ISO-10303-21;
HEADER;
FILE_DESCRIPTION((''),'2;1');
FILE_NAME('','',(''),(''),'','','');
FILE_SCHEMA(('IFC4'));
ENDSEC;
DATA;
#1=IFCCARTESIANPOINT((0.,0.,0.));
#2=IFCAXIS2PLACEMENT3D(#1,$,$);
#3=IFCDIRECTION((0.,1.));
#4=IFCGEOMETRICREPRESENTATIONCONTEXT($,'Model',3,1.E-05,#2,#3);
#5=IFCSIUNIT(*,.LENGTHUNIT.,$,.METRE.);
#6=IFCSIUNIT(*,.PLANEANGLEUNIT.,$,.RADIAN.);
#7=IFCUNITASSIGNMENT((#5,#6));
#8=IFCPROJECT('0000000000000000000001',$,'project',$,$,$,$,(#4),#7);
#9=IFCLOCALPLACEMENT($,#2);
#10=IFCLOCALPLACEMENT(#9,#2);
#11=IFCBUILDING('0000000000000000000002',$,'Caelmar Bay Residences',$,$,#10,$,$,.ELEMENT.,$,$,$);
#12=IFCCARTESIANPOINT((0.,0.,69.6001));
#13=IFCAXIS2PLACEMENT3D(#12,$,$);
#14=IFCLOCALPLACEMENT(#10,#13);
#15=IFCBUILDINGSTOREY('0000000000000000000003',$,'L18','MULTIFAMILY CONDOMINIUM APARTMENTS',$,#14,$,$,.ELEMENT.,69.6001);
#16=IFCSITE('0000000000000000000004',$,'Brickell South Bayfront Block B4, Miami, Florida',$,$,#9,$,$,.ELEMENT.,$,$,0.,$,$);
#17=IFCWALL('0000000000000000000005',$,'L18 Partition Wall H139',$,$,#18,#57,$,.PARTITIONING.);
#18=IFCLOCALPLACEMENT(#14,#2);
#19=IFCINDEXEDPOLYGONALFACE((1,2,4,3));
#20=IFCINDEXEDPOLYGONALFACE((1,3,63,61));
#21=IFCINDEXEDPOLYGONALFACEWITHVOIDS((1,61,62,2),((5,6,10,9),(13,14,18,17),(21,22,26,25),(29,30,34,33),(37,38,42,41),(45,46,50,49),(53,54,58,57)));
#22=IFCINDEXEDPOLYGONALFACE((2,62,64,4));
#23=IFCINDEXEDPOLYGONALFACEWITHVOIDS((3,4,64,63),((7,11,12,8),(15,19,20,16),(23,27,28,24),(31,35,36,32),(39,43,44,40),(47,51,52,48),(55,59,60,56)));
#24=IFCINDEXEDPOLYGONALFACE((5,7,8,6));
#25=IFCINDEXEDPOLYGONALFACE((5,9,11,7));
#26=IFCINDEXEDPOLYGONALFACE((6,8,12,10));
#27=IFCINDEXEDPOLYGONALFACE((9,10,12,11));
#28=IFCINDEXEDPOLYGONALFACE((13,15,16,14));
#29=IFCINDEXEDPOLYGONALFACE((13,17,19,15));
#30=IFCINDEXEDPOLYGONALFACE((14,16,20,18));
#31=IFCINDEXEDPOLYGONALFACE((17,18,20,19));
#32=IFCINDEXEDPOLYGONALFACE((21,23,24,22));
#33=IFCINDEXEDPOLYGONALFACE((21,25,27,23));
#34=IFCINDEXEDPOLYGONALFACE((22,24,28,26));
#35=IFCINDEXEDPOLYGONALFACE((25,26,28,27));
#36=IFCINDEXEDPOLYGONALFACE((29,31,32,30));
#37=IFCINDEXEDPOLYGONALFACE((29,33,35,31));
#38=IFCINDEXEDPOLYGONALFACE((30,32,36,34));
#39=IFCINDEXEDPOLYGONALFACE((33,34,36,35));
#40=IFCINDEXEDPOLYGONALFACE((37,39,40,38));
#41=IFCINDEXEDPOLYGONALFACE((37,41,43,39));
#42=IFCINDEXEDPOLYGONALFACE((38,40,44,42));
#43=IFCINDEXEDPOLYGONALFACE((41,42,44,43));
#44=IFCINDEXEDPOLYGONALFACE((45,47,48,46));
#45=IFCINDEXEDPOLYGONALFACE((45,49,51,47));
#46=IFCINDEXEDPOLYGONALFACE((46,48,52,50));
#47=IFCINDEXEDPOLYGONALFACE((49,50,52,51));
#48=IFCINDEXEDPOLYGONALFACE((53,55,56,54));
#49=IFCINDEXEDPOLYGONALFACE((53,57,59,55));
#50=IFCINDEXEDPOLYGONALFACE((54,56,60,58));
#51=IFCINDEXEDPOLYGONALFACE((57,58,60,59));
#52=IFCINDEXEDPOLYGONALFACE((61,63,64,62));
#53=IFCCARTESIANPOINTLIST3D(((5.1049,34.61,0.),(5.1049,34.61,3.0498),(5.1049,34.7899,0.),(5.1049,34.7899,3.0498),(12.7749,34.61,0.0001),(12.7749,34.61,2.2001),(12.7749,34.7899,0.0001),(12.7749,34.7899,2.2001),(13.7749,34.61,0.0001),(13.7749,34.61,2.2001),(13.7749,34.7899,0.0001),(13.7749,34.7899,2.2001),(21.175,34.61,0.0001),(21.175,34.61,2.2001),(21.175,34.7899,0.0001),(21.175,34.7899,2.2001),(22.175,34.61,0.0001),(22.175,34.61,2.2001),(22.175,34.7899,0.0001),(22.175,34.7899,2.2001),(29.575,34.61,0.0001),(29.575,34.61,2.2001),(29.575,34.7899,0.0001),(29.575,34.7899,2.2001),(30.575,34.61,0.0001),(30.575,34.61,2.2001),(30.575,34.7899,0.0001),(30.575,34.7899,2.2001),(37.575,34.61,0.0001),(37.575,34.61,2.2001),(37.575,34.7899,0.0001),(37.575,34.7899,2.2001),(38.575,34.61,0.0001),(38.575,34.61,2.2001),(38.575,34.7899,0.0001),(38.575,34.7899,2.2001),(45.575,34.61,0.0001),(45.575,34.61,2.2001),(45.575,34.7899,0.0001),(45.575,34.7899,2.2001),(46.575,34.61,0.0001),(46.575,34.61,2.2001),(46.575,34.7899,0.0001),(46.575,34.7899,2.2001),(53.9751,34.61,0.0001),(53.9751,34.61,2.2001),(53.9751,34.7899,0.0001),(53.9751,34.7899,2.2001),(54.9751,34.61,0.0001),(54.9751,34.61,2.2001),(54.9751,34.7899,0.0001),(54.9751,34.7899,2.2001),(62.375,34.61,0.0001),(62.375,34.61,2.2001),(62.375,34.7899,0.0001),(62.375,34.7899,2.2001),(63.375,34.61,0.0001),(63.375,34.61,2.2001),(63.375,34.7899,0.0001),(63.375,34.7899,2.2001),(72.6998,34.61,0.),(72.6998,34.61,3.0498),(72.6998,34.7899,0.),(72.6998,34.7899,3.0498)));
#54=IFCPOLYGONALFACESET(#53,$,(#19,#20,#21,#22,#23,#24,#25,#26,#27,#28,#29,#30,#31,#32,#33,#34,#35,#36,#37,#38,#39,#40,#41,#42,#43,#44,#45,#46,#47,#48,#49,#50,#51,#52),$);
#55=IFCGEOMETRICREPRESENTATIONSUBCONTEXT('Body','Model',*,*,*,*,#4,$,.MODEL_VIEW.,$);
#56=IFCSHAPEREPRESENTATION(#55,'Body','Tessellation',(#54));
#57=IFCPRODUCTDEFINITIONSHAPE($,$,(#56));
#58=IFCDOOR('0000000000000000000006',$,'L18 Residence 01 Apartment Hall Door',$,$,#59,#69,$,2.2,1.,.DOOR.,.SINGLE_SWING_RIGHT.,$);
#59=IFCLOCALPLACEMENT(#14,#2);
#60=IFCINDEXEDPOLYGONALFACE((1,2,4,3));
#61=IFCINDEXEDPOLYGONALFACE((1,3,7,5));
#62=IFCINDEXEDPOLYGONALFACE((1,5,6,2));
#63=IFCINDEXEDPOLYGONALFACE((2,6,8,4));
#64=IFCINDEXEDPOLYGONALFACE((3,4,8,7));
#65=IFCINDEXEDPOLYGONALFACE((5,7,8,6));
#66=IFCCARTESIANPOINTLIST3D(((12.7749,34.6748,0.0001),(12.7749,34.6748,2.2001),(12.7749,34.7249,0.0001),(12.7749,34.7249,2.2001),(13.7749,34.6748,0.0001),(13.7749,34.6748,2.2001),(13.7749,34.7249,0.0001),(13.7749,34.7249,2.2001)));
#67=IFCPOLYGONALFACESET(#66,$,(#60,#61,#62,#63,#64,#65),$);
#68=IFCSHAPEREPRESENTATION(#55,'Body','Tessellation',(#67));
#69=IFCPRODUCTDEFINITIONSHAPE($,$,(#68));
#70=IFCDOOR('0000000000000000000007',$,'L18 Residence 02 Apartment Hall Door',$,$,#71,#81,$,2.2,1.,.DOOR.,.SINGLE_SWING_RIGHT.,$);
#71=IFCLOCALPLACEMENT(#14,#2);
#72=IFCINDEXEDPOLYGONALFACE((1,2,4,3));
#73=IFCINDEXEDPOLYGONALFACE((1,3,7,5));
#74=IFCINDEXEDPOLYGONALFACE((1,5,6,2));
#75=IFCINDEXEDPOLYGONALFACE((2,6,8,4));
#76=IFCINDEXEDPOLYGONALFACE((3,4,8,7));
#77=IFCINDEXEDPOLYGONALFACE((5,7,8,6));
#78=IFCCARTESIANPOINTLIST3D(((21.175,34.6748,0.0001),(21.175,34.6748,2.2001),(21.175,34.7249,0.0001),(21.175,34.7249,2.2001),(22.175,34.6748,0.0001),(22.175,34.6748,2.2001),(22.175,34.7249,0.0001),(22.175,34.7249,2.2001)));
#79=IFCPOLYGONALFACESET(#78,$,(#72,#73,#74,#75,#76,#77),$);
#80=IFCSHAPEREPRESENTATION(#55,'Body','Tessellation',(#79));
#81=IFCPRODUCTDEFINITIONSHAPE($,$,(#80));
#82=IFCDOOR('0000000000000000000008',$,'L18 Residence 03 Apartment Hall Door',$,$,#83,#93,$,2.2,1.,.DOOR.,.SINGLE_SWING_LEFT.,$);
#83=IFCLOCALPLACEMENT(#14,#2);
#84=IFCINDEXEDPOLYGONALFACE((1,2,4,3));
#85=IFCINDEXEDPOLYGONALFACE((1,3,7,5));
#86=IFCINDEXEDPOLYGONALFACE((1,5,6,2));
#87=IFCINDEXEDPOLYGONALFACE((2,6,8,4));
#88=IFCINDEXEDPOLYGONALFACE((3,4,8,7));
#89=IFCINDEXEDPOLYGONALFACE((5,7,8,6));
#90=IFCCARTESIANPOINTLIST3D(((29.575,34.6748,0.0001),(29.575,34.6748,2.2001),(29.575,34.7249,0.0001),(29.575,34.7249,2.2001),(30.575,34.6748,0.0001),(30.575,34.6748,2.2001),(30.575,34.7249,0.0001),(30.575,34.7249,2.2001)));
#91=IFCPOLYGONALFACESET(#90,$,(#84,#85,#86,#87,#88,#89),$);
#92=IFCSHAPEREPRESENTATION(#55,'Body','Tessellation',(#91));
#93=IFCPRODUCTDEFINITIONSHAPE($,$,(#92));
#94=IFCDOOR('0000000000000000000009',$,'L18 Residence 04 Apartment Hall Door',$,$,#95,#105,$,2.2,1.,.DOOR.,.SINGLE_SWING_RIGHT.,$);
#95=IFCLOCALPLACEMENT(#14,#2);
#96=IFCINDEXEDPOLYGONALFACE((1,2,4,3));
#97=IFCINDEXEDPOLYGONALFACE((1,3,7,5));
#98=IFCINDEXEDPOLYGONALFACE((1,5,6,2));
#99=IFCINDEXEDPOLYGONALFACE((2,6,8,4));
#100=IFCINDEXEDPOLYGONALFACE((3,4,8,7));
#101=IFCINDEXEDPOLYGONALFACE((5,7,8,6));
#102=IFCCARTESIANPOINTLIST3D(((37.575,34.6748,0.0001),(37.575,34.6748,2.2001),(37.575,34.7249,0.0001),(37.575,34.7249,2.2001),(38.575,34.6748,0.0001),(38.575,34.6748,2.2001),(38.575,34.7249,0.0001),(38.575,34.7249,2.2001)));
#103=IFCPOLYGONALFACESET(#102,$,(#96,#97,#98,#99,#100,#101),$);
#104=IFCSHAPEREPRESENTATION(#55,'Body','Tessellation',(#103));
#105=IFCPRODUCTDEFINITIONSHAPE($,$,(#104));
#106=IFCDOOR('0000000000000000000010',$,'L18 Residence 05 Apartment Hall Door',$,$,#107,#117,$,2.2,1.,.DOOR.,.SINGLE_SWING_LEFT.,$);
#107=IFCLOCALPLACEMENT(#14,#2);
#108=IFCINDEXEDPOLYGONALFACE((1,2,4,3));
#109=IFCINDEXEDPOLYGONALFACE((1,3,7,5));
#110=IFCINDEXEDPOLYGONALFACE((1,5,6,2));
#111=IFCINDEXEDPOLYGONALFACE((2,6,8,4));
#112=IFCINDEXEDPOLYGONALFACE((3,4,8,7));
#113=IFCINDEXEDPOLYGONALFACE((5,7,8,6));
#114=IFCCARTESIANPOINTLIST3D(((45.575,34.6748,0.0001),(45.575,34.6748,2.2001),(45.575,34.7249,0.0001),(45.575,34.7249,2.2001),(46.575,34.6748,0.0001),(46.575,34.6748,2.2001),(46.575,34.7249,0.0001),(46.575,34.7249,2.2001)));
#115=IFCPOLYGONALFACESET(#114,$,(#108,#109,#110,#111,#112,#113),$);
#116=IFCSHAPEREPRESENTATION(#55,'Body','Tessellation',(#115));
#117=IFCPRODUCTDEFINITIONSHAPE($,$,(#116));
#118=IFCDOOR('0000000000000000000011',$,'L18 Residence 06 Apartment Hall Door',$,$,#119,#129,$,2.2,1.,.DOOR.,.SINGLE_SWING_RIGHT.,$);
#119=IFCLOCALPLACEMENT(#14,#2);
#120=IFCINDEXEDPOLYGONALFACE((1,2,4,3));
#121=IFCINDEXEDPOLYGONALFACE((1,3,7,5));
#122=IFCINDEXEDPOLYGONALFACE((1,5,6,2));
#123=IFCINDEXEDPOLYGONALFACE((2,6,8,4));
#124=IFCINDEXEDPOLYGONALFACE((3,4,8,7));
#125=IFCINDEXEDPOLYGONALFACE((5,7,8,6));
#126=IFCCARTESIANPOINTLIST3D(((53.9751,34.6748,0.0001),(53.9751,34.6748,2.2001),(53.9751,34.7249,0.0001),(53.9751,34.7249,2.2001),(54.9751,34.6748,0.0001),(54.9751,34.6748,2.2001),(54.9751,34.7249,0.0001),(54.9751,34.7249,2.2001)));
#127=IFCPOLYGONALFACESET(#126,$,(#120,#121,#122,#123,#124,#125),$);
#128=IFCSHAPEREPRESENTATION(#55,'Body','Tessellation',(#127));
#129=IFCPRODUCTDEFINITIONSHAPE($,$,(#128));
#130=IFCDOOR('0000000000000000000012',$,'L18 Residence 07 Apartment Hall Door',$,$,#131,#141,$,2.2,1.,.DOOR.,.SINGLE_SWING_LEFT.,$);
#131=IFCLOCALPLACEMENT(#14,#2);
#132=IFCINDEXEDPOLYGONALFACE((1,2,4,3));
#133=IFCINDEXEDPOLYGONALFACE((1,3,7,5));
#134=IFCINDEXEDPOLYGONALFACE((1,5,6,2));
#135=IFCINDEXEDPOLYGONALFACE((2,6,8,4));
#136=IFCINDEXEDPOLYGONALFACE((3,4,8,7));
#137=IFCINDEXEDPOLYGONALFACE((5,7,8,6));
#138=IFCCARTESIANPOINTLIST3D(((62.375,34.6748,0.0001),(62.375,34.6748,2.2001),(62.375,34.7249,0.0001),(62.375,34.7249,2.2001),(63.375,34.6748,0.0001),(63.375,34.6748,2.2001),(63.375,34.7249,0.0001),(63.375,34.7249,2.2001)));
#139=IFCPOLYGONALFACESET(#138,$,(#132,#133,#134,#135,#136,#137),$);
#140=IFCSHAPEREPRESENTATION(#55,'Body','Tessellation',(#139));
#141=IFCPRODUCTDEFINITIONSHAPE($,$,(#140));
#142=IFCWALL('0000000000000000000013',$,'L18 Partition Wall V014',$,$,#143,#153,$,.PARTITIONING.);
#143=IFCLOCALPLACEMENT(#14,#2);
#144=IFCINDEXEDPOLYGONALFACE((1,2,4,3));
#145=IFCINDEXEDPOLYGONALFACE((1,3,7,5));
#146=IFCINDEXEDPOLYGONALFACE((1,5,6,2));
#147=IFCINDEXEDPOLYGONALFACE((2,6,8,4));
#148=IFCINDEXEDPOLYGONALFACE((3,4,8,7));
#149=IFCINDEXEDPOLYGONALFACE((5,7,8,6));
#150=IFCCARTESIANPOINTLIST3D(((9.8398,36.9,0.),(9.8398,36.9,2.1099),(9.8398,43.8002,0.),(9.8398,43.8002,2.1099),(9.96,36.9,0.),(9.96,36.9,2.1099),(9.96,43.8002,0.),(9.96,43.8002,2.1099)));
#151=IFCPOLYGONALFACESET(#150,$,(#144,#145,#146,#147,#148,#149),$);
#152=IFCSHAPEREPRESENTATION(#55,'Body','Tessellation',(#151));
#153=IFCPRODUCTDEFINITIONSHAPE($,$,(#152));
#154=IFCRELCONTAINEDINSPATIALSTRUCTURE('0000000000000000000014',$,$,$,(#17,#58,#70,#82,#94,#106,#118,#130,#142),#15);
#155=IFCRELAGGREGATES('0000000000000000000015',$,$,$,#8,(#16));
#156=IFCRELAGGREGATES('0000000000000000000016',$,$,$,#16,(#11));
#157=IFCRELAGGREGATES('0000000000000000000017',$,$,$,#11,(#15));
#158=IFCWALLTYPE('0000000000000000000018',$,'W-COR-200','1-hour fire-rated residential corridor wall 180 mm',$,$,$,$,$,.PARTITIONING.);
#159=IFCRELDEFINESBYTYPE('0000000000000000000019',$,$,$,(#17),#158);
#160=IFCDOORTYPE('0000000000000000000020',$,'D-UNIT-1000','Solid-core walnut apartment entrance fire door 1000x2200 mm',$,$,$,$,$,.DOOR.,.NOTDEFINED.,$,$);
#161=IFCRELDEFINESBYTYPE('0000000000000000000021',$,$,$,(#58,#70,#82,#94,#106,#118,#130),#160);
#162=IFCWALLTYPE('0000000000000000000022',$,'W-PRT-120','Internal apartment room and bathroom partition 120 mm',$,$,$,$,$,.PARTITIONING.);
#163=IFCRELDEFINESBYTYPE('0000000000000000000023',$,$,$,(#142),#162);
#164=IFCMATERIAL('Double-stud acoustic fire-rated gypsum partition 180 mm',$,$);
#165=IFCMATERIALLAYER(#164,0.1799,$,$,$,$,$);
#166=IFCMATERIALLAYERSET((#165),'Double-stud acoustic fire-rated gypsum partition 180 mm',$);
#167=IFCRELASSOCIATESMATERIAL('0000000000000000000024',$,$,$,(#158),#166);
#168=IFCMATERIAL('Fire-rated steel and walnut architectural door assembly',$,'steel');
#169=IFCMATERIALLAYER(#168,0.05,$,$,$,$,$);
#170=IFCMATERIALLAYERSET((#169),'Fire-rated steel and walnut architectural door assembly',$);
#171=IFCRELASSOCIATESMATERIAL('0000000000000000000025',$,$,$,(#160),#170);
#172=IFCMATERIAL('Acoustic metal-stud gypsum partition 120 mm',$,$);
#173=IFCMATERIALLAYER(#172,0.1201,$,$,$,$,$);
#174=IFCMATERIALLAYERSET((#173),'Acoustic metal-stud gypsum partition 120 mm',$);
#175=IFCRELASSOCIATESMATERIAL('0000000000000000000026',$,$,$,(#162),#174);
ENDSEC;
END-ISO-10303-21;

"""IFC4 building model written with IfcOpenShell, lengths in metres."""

from ifc_helpers import new_model, si_unit, direction, frame, frame_2d, origin, place, context, subcontext, project, spatial, rectangle, extrude, material, layer, layer_set, type_object, element, fill, save


model = new_model("IFC4")

# Units and contexts
model_context = context("Model", 3, precision=1e-05, world=origin(), true_north=direction((0.0, 1.0)))
body_context = subcontext(model_context, "Body", "Model", "MODEL_VIEW")
ifc_project = project(units=[si_unit("LENGTHUNIT", "METRE"), si_unit("PLANEANGLEUNIT", "RADIAN")], contexts=[model_context])

# Site, building, storey
site_placement = place(None, origin())
site = spatial("IfcSite", under=ifc_project, at=site_placement, Name="Brickell South Bayfront Block B4, Miami, Florida", CompositionType="ELEMENT", RefElevation=0.0)
building_placement = place(site_placement, origin())
building = spatial("IfcBuilding", under=site, at=building_placement, Name="Caelmar Bay Residences", CompositionType="ELEMENT")
storey_placement = place(building_placement, frame((0.0, 0.0, 69.6001)))
storey = spatial("IfcBuildingStorey", under=building, at=storey_placement, Name="L18", Description="MULTIFAMILY CONDOMINIUM APARTMENTS", CompositionType="ELEMENT", Elevation=69.6001)

# Wall, openings, doors
ifc_material_1 = material(Name="Fire-rated steel and walnut architectural door assembly", Category="steel")
ifc_material_2 = material(Name="Double-stud acoustic fire-rated gypsum partition 180 mm")
ifc_layer_1 = layer(ifc_material_2, 0.1799)
ifc_layer_set_1 = layer_set([ifc_layer_1], Name="Double-stud acoustic fire-rated gypsum partition 180 mm")
wall_type_1 = type_object("IfcWallType", Name="W-COR-200", Description="1-hour fire-rated residential corridor wall 180 mm", PredefinedType="PARTITIONING", material=ifc_layer_set_1)
wall_1_placement = place(storey_placement, frame((5.105, 34.7, 0.0), z_axis=(0.0, 0.0, 1.0), x_axis=(1.0, 0.0, 0.0)))
wall_1 = element("IfcWall", 1, at=wall_1_placement, inside=storey, type_object=wall_type_1, Name="L18 Partition Wall H139", PredefinedType="PARTITIONING", context=body_context, shape_type="SweptSolid", body=[
    extrude(rectangle(XDim=67.595, YDim=0.1799, at=frame_2d((33.7974, 0.0))), origin(), (0.0, 0.0, 1.0), 3.0498),
])
opening_1_placement = place(wall_1_placement, frame((7.6699, 0.0, 0.0)))
opening_1 = element("IfcOpeningElement", 2, at=opening_1_placement, cuts=wall_1, PredefinedType="OPENING", context=body_context, shape_type="SweptSolid", body=[
    extrude(rectangle(XDim=1.0, YDim=2.2, at=frame_2d((0.5, 1.1001))), frame((0.0, 0.0999, 0.0), z_axis=(0.0, -1.0, 0.0), x_axis=(1.0, 0.0, 0.0)), (0.0, 0.0, 1.0), 0.2),
])
opening_2_placement = place(wall_1_placement, frame((16.0701, 0.0, 0.0)))
opening_2 = element("IfcOpeningElement", 3, at=opening_2_placement, cuts=wall_1, PredefinedType="OPENING", context=body_context, shape_type="SweptSolid", body=[
    extrude(rectangle(XDim=1.0, YDim=2.2, at=frame_2d((0.5, 1.1001))), frame((0.0, 0.0999, 0.0), z_axis=(0.0, -1.0, 0.0), x_axis=(1.0, 0.0, 0.0)), (0.0, 0.0, 1.0), 0.2),
])
opening_3_placement = place(wall_1_placement, frame((24.47, 0.0, 0.0)))
opening_3 = element("IfcOpeningElement", 4, at=opening_3_placement, cuts=wall_1, PredefinedType="OPENING", context=body_context, shape_type="SweptSolid", body=[
    extrude(rectangle(XDim=1.0, YDim=2.2, at=frame_2d((0.5, 1.1001))), frame((0.0, 0.0999, 0.0), z_axis=(0.0, -1.0, 0.0), x_axis=(1.0, 0.0, 0.0)), (0.0, 0.0, 1.0), 0.2),
])
opening_4_placement = place(wall_1_placement, frame((32.47, 0.0, 0.0)))
opening_4 = element("IfcOpeningElement", 5, at=opening_4_placement, cuts=wall_1, PredefinedType="OPENING", context=body_context, shape_type="SweptSolid", body=[
    extrude(rectangle(XDim=1.0, YDim=2.2, at=frame_2d((0.5, 1.1001))), frame((0.0, 0.0999, 0.0), z_axis=(0.0, -1.0, 0.0), x_axis=(1.0, 0.0, 0.0)), (0.0, 0.0, 1.0), 0.2),
])
opening_5_placement = place(wall_1_placement, frame((40.47, 0.0, 0.0)))
opening_5 = element("IfcOpeningElement", 6, at=opening_5_placement, cuts=wall_1, PredefinedType="OPENING", context=body_context, shape_type="SweptSolid", body=[
    extrude(rectangle(XDim=1.0, YDim=2.2, at=frame_2d((0.5, 1.1001))), frame((0.0, 0.0999, 0.0), z_axis=(0.0, -1.0, 0.0), x_axis=(1.0, 0.0, 0.0)), (0.0, 0.0, 1.0), 0.2),
])
opening_6_placement = place(wall_1_placement, frame((48.8701, 0.0, 0.0)))
opening_6 = element("IfcOpeningElement", 7, at=opening_6_placement, cuts=wall_1, PredefinedType="OPENING", context=body_context, shape_type="SweptSolid", body=[
    extrude(rectangle(XDim=1.0, YDim=2.2, at=frame_2d((0.5, 1.1001))), frame((0.0, 0.0999, 0.0), z_axis=(0.0, -1.0, 0.0), x_axis=(1.0, 0.0, 0.0)), (0.0, 0.0, 1.0), 0.2),
])
opening_7_placement = place(wall_1_placement, frame((57.27, 0.0, 0.0)))
opening_7 = element("IfcOpeningElement", 8, at=opening_7_placement, cuts=wall_1, PredefinedType="OPENING", context=body_context, shape_type="SweptSolid", body=[
    extrude(rectangle(XDim=1.0, YDim=2.2, at=frame_2d((0.5, 1.1001))), frame((0.0, 0.0999, 0.0), z_axis=(0.0, -1.0, 0.0), x_axis=(1.0, 0.0, 0.0)), (0.0, 0.0, 1.0), 0.2),
])
ifc_layer_2 = layer(ifc_material_1, 0.05)
ifc_layer_set_2 = layer_set([ifc_layer_2], Name="Fire-rated steel and walnut architectural door assembly")
door_type_1 = type_object("IfcDoorType", Name="D-UNIT-1000", Description="Solid-core walnut apartment entrance fire door 1000x2200 mm", OperationType="NOTDEFINED", PredefinedType="DOOR", material=ifc_layer_set_2)
door_1_placement = place(opening_1_placement, origin())
door_1 = element("IfcDoor", 9, at=door_1_placement, inside=storey, type_object=door_type_1, Name="L18 Residence 01 Apartment Hall Door", OperationType="SINGLE_SWING_RIGHT", OverallHeight=2.2, OverallWidth=1.0, PredefinedType="DOOR", context=body_context, shape_type="SweptSolid", body=[
    extrude(rectangle(XDim=1.0, YDim=2.2, at=frame_2d((0.5, 1.1001))), frame((0.0, 0.0249, 0.0), z_axis=(0.0, -1.0, 0.0), x_axis=(1.0, 0.0, 0.0)), (0.0, 0.0, 1.0), 0.05),
])
fill(opening_1, door_1)
door_2_placement = place(opening_2_placement, origin())
door_2 = element("IfcDoor", 10, at=door_2_placement, inside=storey, type_object=door_type_1, Name="L18 Residence 02 Apartment Hall Door", OperationType="SINGLE_SWING_RIGHT", OverallHeight=2.2, OverallWidth=1.0, PredefinedType="DOOR", context=body_context, shape_type="SweptSolid", body=[
    extrude(rectangle(XDim=1.0, YDim=2.2, at=frame_2d((0.5, 1.1001))), frame((0.0, 0.0249, 0.0), z_axis=(0.0, -1.0, 0.0), x_axis=(1.0, 0.0, 0.0)), (0.0, 0.0, 1.0), 0.05),
])
fill(opening_2, door_2)
door_3_placement = place(opening_3_placement, origin())
door_3 = element("IfcDoor", 11, at=door_3_placement, inside=storey, type_object=door_type_1, Name="L18 Residence 03 Apartment Hall Door", OperationType="SINGLE_SWING_LEFT", OverallHeight=2.2, OverallWidth=1.0, PredefinedType="DOOR", context=body_context, shape_type="SweptSolid", body=[
    extrude(rectangle(XDim=1.0, YDim=2.2, at=frame_2d((0.5, 1.1001))), frame((0.0, 0.0249, 0.0), z_axis=(0.0, -1.0, 0.0), x_axis=(1.0, 0.0, 0.0)), (0.0, 0.0, 1.0), 0.05),
])
fill(opening_3, door_3)
door_4_placement = place(opening_4_placement, origin())
door_4 = element("IfcDoor", 12, at=door_4_placement, inside=storey, type_object=door_type_1, Name="L18 Residence 04 Apartment Hall Door", OperationType="SINGLE_SWING_RIGHT", OverallHeight=2.2, OverallWidth=1.0, PredefinedType="DOOR", context=body_context, shape_type="SweptSolid", body=[
    extrude(rectangle(XDim=1.0, YDim=2.2, at=frame_2d((0.5, 1.1001))), frame((0.0, 0.0249, 0.0), z_axis=(0.0, -1.0, 0.0), x_axis=(1.0, 0.0, 0.0)), (0.0, 0.0, 1.0), 0.05),
])
fill(opening_4, door_4)
door_5_placement = place(opening_5_placement, origin())
door_5 = element("IfcDoor", 13, at=door_5_placement, inside=storey, type_object=door_type_1, Name="L18 Residence 05 Apartment Hall Door", OperationType="SINGLE_SWING_LEFT", OverallHeight=2.2, OverallWidth=1.0, PredefinedType="DOOR", context=body_context, shape_type="SweptSolid", body=[
    extrude(rectangle(XDim=1.0, YDim=2.2, at=frame_2d((0.5, 1.1001))), frame((0.0, 0.0249, 0.0), z_axis=(0.0, -1.0, 0.0), x_axis=(1.0, 0.0, 0.0)), (0.0, 0.0, 1.0), 0.05),
])
fill(opening_5, door_5)
door_6_placement = place(opening_6_placement, origin())
door_6 = element("IfcDoor", 14, at=door_6_placement, inside=storey, type_object=door_type_1, Name="L18 Residence 06 Apartment Hall Door", OperationType="SINGLE_SWING_RIGHT", OverallHeight=2.2, OverallWidth=1.0, PredefinedType="DOOR", context=body_context, shape_type="SweptSolid", body=[
    extrude(rectangle(XDim=1.0, YDim=2.2, at=frame_2d((0.5, 1.1001))), frame((0.0, 0.0249, 0.0), z_axis=(0.0, -1.0, 0.0), x_axis=(1.0, 0.0, 0.0)), (0.0, 0.0, 1.0), 0.05),
])
fill(opening_6, door_6)
door_7_placement = place(opening_7_placement, origin())
door_7 = element("IfcDoor", 15, at=door_7_placement, inside=storey, type_object=door_type_1, Name="L18 Residence 07 Apartment Hall Door", OperationType="SINGLE_SWING_LEFT", OverallHeight=2.2, OverallWidth=1.0, PredefinedType="DOOR", context=body_context, shape_type="SweptSolid", body=[
    extrude(rectangle(XDim=1.0, YDim=2.2, at=frame_2d((0.5, 1.1001))), frame((0.0, 0.0249, 0.0), z_axis=(0.0, -1.0, 0.0), x_axis=(1.0, 0.0, 0.0)), (0.0, 0.0, 1.0), 0.05),
])
fill(opening_7, door_7)

# Wall
ifc_material_3 = material(Name="Acoustic metal-stud gypsum partition 120 mm")
ifc_layer_3 = layer(ifc_material_3, 0.1201)
ifc_layer_set_3 = layer_set([ifc_layer_3], Name="Acoustic metal-stud gypsum partition 120 mm")
wall_type_2 = type_object("IfcWallType", Name="W-PRT-120", Description="Internal apartment room and bathroom partition 120 mm", PredefinedType="PARTITIONING", material=ifc_layer_set_3)
wall_2_placement = place(storey_placement, frame((9.8999, 36.8999, 0.0), z_axis=(0.0, 0.0, 1.0), x_axis=(0.0, 1.0, 0.0)))
element("IfcWall", 16, at=wall_2_placement, inside=storey, type_object=wall_type_2, Name="L18 Partition Wall V014", PredefinedType="PARTITIONING", context=body_context, shape_type="SweptSolid", body=[
    extrude(rectangle(XDim=6.9001, YDim=0.1201, at=frame_2d((3.4502, 0.0))), origin(), (0.0, 0.0, 1.0), 2.1099),
])

save(model, "model.ifc")
